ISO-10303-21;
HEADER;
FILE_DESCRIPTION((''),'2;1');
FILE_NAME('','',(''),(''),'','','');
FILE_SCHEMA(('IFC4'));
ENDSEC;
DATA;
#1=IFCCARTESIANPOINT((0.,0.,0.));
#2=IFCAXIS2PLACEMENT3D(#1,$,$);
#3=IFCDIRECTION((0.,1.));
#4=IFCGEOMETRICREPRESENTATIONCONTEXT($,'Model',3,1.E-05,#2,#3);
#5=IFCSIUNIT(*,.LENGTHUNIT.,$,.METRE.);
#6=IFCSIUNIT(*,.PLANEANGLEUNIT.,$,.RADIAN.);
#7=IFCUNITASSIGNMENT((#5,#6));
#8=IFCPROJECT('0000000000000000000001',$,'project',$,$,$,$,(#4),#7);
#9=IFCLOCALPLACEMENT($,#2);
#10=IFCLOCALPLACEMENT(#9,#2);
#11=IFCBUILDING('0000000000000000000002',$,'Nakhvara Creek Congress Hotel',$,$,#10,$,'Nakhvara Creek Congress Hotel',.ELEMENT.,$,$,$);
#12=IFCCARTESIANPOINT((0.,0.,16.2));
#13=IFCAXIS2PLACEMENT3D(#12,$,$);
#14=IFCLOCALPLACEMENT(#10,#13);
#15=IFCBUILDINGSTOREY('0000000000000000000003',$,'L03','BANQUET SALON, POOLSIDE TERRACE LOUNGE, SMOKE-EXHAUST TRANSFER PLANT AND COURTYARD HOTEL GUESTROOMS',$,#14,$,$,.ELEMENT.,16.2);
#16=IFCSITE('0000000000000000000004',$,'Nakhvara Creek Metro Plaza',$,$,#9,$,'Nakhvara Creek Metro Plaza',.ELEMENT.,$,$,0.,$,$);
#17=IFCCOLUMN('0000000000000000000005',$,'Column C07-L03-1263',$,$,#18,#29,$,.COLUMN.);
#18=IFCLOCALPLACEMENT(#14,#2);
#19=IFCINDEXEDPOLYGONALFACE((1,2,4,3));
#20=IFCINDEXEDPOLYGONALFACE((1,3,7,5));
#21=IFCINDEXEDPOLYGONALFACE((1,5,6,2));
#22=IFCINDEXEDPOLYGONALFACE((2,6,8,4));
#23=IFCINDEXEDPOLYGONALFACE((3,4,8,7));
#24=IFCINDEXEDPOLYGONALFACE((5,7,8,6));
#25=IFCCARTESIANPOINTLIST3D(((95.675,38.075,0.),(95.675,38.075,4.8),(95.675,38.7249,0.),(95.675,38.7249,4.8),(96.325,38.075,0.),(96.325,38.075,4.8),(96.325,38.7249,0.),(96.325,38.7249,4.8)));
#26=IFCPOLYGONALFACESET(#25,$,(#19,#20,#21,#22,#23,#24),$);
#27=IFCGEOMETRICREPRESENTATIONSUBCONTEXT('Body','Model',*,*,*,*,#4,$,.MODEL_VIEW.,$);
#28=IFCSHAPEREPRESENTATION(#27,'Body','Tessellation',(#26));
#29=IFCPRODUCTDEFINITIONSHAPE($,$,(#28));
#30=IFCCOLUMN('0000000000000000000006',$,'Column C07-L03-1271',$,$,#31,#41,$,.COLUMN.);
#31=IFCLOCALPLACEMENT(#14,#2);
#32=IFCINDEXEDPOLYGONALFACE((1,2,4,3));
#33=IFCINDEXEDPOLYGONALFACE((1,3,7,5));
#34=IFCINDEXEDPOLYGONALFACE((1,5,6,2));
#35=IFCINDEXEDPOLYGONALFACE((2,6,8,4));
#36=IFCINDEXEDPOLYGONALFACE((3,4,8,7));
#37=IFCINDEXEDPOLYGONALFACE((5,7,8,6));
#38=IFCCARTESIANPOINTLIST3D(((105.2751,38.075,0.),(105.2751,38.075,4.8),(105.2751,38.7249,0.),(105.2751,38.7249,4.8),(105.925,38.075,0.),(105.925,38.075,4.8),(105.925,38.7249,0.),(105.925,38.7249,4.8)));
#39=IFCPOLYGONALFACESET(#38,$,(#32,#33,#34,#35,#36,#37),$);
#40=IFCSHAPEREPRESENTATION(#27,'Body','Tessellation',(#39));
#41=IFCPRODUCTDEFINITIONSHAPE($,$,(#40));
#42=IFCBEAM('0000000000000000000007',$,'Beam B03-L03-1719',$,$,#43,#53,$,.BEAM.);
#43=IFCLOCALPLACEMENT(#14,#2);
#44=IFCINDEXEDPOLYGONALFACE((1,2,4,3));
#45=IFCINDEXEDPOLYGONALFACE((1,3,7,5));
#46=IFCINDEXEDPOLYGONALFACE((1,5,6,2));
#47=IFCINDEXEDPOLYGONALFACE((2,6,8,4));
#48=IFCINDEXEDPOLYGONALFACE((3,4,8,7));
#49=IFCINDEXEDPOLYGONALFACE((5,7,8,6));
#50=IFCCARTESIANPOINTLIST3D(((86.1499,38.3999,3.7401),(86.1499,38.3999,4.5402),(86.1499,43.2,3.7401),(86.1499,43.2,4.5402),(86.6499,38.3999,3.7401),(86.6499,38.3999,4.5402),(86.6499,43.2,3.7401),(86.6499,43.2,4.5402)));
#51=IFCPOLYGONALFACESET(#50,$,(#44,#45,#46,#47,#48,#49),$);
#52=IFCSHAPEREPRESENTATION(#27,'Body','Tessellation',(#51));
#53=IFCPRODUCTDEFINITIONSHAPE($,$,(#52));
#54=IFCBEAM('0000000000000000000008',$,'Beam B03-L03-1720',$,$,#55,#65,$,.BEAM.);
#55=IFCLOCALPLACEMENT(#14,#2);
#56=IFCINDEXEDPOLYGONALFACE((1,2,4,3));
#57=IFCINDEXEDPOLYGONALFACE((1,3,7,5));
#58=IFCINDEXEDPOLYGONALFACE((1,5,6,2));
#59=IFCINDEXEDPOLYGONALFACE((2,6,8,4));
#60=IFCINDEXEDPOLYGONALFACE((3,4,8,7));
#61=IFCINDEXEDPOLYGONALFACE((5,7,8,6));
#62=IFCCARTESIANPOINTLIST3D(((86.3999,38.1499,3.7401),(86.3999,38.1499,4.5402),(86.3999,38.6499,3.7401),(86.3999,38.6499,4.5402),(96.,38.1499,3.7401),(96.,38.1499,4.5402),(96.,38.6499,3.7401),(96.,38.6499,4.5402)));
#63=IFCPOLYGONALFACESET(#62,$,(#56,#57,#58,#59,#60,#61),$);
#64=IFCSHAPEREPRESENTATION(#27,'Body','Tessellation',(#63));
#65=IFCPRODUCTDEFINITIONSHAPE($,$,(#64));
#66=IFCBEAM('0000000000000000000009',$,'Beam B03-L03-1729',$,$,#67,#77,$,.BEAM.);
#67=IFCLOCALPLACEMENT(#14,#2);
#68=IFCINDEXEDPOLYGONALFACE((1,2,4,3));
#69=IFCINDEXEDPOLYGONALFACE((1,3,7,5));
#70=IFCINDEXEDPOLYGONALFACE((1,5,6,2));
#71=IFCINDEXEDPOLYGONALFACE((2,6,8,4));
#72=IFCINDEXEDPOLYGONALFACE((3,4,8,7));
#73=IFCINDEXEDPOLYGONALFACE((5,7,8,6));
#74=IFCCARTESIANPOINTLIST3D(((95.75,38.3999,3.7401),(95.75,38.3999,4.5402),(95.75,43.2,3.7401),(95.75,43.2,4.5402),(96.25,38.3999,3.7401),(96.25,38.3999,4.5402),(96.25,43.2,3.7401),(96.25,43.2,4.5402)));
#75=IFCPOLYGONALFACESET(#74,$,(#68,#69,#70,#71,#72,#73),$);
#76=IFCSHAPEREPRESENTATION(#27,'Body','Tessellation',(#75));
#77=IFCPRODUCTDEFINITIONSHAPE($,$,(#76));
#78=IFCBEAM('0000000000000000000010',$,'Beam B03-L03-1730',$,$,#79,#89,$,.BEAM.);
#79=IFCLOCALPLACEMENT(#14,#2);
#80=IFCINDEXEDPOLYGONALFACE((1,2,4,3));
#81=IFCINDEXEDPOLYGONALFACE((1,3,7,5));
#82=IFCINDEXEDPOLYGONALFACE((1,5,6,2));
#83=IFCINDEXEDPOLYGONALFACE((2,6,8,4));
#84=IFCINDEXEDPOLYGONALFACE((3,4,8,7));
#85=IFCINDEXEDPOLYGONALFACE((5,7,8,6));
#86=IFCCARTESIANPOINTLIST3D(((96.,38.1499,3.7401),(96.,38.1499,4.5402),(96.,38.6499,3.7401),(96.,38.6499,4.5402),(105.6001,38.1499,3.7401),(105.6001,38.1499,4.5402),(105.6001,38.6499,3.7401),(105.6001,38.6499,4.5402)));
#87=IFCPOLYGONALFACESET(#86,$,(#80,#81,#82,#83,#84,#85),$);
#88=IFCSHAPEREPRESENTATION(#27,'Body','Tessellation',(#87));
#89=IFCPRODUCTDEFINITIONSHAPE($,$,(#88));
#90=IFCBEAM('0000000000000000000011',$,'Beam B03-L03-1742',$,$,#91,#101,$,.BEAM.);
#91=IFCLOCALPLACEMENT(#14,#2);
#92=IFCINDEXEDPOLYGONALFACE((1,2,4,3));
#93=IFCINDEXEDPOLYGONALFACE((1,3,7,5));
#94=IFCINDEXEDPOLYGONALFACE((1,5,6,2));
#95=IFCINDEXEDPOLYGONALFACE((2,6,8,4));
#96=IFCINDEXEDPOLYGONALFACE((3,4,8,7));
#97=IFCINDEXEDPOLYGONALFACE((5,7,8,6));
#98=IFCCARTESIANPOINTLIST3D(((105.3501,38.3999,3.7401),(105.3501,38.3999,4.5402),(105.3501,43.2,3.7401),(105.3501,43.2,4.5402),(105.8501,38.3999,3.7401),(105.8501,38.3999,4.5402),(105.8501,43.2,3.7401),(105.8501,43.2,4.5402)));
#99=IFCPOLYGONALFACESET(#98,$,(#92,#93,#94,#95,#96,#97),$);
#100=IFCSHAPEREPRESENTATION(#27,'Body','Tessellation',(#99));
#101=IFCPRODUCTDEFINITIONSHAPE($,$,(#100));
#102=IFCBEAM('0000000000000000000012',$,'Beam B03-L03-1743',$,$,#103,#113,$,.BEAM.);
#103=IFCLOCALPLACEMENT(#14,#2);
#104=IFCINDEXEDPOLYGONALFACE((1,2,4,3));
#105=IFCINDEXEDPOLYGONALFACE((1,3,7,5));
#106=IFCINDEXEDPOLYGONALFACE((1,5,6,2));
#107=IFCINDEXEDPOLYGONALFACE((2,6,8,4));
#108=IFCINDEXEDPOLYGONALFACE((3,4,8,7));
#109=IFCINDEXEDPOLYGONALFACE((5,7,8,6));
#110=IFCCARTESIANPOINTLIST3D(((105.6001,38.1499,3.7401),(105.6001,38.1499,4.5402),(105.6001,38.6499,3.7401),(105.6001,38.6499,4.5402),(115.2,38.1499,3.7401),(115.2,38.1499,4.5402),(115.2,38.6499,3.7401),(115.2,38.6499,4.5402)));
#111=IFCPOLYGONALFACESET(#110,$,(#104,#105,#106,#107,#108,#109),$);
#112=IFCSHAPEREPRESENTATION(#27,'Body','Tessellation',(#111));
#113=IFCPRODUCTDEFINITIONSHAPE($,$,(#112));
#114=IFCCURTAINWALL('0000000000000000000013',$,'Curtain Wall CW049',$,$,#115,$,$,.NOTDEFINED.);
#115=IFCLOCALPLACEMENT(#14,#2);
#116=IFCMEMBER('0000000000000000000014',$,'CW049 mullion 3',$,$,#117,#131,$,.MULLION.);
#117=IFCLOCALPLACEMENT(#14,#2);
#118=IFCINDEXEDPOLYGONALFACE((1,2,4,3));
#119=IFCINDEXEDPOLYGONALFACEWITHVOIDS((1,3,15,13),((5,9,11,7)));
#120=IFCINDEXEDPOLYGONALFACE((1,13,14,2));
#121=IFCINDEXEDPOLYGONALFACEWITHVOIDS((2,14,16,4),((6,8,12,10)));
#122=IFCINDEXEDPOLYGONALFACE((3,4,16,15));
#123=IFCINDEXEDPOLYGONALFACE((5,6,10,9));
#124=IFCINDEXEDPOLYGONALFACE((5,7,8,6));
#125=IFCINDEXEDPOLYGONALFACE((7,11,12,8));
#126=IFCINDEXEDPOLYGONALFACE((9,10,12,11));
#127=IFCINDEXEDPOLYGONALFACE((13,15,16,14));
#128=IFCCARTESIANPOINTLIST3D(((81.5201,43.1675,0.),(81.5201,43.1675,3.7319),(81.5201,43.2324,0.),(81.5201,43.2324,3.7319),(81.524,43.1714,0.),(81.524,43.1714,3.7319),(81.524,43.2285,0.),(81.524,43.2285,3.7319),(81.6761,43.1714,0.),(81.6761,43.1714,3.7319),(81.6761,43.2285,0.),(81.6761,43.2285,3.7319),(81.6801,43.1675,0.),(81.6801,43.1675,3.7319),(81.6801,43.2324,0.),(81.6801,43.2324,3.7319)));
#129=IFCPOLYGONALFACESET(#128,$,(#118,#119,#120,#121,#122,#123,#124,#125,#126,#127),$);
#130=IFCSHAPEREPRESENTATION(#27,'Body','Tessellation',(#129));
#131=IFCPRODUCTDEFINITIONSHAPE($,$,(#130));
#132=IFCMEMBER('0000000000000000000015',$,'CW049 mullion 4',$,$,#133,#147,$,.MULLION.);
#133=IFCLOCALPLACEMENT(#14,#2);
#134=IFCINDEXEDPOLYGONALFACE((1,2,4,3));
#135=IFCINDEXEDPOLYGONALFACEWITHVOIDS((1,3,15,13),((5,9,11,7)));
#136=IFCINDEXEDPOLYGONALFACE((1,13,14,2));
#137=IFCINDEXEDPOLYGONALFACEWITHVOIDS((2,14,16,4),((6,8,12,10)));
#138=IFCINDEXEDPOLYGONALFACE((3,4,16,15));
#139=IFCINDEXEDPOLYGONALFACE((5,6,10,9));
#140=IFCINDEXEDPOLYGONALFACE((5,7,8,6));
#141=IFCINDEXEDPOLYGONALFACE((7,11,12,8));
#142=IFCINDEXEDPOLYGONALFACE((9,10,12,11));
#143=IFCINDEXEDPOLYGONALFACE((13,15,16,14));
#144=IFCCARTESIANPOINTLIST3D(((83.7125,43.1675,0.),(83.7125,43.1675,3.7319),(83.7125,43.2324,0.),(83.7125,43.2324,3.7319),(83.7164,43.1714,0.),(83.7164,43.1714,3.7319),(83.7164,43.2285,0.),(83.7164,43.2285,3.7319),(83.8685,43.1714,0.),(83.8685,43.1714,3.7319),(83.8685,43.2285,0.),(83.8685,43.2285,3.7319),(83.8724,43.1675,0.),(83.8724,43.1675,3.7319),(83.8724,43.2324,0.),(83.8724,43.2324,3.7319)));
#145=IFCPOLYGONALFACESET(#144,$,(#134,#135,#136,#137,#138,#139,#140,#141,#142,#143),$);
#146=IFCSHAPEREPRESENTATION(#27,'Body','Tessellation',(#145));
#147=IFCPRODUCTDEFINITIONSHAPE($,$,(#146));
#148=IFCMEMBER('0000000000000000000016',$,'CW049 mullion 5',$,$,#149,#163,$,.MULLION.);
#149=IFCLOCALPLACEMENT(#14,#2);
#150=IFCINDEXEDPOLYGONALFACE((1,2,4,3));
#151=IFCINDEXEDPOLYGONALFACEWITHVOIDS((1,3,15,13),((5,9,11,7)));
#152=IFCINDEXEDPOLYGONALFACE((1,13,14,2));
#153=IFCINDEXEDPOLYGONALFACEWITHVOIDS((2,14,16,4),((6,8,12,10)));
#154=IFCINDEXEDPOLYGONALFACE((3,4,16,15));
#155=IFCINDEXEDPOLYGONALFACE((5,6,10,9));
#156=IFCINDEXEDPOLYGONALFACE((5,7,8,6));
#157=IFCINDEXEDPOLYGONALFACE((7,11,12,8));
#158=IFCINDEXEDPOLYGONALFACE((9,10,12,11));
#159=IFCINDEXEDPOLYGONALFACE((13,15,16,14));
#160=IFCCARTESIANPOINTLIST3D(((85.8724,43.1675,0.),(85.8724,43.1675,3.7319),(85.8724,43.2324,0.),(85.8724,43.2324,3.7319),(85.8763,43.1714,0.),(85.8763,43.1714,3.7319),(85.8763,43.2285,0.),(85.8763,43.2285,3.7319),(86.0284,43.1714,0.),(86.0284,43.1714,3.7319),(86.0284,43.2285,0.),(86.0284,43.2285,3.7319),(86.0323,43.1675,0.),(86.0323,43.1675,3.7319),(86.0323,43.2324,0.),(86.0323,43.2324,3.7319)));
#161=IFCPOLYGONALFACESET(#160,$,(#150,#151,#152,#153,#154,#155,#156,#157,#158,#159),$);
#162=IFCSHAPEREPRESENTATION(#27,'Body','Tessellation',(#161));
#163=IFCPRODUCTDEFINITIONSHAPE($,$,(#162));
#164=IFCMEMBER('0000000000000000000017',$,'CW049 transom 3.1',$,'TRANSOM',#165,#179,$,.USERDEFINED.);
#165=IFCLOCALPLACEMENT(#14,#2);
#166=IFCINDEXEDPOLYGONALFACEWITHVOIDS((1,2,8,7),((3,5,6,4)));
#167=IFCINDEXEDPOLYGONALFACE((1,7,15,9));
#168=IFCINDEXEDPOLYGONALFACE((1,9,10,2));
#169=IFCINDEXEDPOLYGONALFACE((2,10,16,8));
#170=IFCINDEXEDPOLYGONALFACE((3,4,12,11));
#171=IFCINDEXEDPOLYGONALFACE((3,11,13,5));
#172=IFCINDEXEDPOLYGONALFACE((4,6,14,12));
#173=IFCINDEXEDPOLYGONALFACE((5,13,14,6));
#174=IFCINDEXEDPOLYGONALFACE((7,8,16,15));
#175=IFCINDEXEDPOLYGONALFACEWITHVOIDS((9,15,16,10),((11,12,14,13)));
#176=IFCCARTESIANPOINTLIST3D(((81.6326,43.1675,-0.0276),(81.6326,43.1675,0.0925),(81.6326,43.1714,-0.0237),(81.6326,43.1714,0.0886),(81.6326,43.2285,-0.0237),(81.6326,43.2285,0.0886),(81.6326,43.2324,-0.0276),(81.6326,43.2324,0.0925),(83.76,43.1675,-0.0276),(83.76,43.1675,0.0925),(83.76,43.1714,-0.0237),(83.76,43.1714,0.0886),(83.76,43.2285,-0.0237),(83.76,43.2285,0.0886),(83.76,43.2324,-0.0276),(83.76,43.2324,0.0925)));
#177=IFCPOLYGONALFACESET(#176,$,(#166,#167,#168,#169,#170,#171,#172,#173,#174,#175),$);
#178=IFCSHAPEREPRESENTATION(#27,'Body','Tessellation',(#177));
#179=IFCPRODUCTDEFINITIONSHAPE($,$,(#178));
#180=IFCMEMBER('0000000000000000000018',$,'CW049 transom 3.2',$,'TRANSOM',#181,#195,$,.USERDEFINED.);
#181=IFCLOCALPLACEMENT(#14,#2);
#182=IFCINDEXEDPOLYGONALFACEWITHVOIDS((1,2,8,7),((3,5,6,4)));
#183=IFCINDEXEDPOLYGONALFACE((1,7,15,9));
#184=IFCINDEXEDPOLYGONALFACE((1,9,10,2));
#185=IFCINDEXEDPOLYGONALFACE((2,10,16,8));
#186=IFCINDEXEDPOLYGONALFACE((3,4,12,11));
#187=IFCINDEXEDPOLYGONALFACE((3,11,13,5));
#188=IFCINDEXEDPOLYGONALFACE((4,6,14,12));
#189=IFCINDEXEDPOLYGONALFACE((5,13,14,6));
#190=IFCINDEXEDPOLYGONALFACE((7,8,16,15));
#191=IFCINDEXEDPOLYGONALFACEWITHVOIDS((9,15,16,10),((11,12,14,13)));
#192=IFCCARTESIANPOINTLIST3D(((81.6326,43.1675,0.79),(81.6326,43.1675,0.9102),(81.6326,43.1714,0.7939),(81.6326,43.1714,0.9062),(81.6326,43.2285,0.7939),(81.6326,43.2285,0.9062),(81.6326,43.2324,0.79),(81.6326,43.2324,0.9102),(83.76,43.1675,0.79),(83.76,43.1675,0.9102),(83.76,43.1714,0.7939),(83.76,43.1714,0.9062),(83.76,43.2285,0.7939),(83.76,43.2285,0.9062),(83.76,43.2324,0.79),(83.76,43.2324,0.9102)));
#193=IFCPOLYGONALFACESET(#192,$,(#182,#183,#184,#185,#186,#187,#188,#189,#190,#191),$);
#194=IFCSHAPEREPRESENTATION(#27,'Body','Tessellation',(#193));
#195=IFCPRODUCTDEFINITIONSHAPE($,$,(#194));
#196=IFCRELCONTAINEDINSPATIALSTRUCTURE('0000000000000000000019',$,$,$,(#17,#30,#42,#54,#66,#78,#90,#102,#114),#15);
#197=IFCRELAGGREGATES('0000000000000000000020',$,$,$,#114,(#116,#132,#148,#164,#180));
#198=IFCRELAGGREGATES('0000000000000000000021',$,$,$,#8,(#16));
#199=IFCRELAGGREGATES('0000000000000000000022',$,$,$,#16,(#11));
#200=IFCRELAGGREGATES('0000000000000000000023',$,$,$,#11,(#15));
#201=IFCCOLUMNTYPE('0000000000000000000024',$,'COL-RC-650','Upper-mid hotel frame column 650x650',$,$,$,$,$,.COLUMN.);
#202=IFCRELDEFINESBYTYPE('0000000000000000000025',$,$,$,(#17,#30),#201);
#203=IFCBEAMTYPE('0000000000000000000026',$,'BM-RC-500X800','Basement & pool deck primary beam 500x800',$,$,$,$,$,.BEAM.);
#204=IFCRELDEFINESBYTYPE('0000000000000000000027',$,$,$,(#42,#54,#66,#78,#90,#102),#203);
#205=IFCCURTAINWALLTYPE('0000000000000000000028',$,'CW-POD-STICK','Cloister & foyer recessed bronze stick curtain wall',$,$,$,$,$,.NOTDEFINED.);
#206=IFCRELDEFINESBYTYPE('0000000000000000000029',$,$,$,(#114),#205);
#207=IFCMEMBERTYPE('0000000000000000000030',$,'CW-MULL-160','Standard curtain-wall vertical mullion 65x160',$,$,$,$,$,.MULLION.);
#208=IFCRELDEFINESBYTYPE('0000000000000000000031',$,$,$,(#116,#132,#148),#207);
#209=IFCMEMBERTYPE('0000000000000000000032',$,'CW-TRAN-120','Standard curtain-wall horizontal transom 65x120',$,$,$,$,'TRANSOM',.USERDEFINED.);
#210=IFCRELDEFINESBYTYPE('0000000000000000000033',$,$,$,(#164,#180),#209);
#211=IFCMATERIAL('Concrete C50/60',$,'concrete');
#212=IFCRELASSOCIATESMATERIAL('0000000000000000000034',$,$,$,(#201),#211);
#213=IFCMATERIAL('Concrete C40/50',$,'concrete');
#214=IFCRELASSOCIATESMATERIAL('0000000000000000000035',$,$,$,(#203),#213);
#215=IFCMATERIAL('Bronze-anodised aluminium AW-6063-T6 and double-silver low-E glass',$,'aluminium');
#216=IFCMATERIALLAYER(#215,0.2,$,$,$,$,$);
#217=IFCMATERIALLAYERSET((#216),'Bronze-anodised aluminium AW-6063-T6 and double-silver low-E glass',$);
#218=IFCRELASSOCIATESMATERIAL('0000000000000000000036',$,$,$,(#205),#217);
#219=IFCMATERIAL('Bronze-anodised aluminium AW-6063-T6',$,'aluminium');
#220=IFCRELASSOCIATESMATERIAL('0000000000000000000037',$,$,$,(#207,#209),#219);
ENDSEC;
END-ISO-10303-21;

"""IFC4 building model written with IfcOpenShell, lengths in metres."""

from ifc_helpers import new_model, si_unit, direction, frame, origin, origin_2d, place, context, subcontext, project, spatial, rectangle, hollow_rectangle, extrude, material, layer, layer_set, material_profile, profile_set, type_object, element, aggregate, save


model = new_model("IFC4")

# Units and contexts
model_context = context("Model", 3, precision=1e-05, world=origin(), true_north=direction((0.0, 1.0)))
body_context = subcontext(model_context, "Body", "Model", "MODEL_VIEW")
ifc_project = project(units=[si_unit("LENGTHUNIT", "METRE"), si_unit("PLANEANGLEUNIT", "RADIAN")], contexts=[model_context])

# Site, building, storey
site_placement = place(None, origin())
site = spatial("IfcSite", under=ifc_project, at=site_placement, Name="Nakhvara Creek Metro Plaza", LongName="Nakhvara Creek Metro Plaza", CompositionType="ELEMENT", RefElevation=0.0)
building_placement = place(site_placement, origin())
building = spatial("IfcBuilding", under=site, at=building_placement, Name="Nakhvara Creek Congress Hotel", LongName="Nakhvara Creek Congress Hotel", CompositionType="ELEMENT")
storey_placement = place(building_placement, frame((0.0, 0.0, 16.2)))
storey = spatial("IfcBuildingStorey", under=building, at=storey_placement, Name="L03", Description="BANQUET SALON, POOLSIDE TERRACE LOUNGE, SMOKE-EXHAUST TRANSFER PLANT AND COURTYARD HOTEL GUESTROOMS", CompositionType="ELEMENT", Elevation=16.2)

# Columns
ifc_material_1 = material(Name="Concrete C50/60", Category="concrete")
ifc_material_profile_1 = material_profile(ifc_material_1, rectangle(XDim=0.6499, YDim=0.6499, at=origin_2d()), Name="RC-COL 650x650", Category="LoadBearing")
ifc_profile_set_1 = profile_set([ifc_material_profile_1], Name="Concrete C50/60")
column_type = type_object("IfcColumnType", Name="COL-RC-650", Description="Upper-mid hotel frame column 650x650", PredefinedType="COLUMN", material=ifc_profile_set_1)
for number, where, z_axis, x_axis, name in (
    (1, (96.0, 38.3999, 0.0), (0.0, 0.0, 1.0), (1.0, 0.0, 0.0), "Column C07-L03-1263"),
    (2, (105.6001, 38.3999, 0.0), (0.0, 0.0, 1.0), (1.0, 0.0, 0.0), "Column C07-L03-1271"),
):
    element("IfcColumn", number, at=place(storey_placement, frame(where, z_axis=z_axis, x_axis=x_axis)), inside=storey, type_object=column_type, Name=name, PredefinedType="COLUMN", context=body_context, shape_type="SweptSolid", body=[
        extrude(rectangle(XDim=0.6499, YDim=0.6499, at=origin_2d()), origin(), (0.0, 0.0, 1.0), 4.8),
    ])

# Beams
ifc_material_2 = material(Name="Concrete C40/50", Category="concrete")
ifc_material_profile_2 = material_profile(ifc_material_2, rectangle(XDim=0.5, YDim=0.8, at=origin_2d()), Name="RC-BM 500x800", Category="LoadBearing")
ifc_profile_set_2 = profile_set([ifc_material_profile_2], Name="Concrete C40/50")
beam_type = type_object("IfcBeamType", Name="BM-RC-500X800", Description="Basement & pool deck primary beam 500x800", PredefinedType="BEAM", material=ifc_profile_set_2)
beam_1_placement = place(storey_placement, frame((86.3999, 38.3999, 4.1401), z_axis=(0.0, 1.0, 0.0), x_axis=(-1.0, 0.0, 0.0)))
element("IfcBeam", 3, at=beam_1_placement, inside=storey, type_object=beam_type, Name="Beam B03-L03-1719", PredefinedType="BEAM", context=body_context, shape_type="SweptSolid", body=[
    extrude(rectangle(XDim=0.5, YDim=0.8, at=origin_2d()), origin(), (0.0, 0.0, 1.0), 4.8),
])
beam_2_placement = place(storey_placement, frame((86.3999, 38.3999, 4.1401), z_axis=(1.0, 0.0, 0.0), x_axis=(0.0, 1.0, 0.0)))
element("IfcBeam", 4, at=beam_2_placement, inside=storey, type_object=beam_type, Name="Beam B03-L03-1720", PredefinedType="BEAM", context=body_context, shape_type="SweptSolid", body=[
    extrude(rectangle(XDim=0.5, YDim=0.8, at=origin_2d()), origin(), (0.0, 0.0, 1.0), 9.6001),
])
beam_3_placement = place(storey_placement, frame((96.0, 38.3999, 4.1401), z_axis=(0.0, 1.0, 0.0), x_axis=(-1.0, 0.0, 0.0)))
element("IfcBeam", 5, at=beam_3_placement, inside=storey, type_object=beam_type, Name="Beam B03-L03-1729", PredefinedType="BEAM", context=body_context, shape_type="SweptSolid", body=[
    extrude(rectangle(XDim=0.5, YDim=0.8, at=origin_2d()), origin(), (0.0, 0.0, 1.0), 4.8),
])
beam_4_placement = place(storey_placement, frame((96.0, 38.3999, 4.1401), z_axis=(1.0, 0.0, 0.0), x_axis=(0.0, 1.0, 0.0)))
element("IfcBeam", 6, at=beam_4_placement, inside=storey, type_object=beam_type, Name="Beam B03-L03-1730", PredefinedType="BEAM", context=body_context, shape_type="SweptSolid", body=[
    extrude(rectangle(XDim=0.5, YDim=0.8, at=origin_2d()), origin(), (0.0, 0.0, 1.0), 9.6001),
])
beam_5_placement = place(storey_placement, frame((105.6001, 38.3999, 4.1401), z_axis=(0.0, 1.0, 0.0), x_axis=(-1.0, 0.0, 0.0)))
element("IfcBeam", 7, at=beam_5_placement, inside=storey, type_object=beam_type, Name="Beam B03-L03-1742", PredefinedType="BEAM", context=body_context, shape_type="SweptSolid", body=[
    extrude(rectangle(XDim=0.5, YDim=0.8, at=origin_2d()), origin(), (0.0, 0.0, 1.0), 4.8),
])
beam_6_placement = place(storey_placement, frame((105.6001, 38.3999, 4.1401), z_axis=(1.0, 0.0, 0.0), x_axis=(0.0, 1.0, 0.0)))
element("IfcBeam", 8, at=beam_6_placement, inside=storey, type_object=beam_type, Name="Beam B03-L03-1743", PredefinedType="BEAM", context=body_context, shape_type="SweptSolid", body=[
    extrude(rectangle(XDim=0.5, YDim=0.8, at=origin_2d()), origin(), (0.0, 0.0, 1.0), 9.5999),
])

# Curtain wall, members
ifc_material_3 = material(Name="Bronze-anodised aluminium AW-6063-T6 and double-silver low-E glass", Category="aluminium")
ifc_layer = layer(ifc_material_3, 0.2)
ifc_layer_set = layer_set([ifc_layer], Name="Bronze-anodised aluminium AW-6063-T6 and double-silver low-E glass")
curtain_wall_type = type_object("IfcCurtainWallType", Name="CW-POD-STICK", Description="Cloister & foyer recessed bronze stick curtain wall", PredefinedType="NOTDEFINED", material=ifc_layer_set)
curtain_wall_placement = place(storey_placement, origin())
curtain_wall = element("IfcCurtainWall", 9, at=curtain_wall_placement, inside=storey, type_object=curtain_wall_type, Name="Curtain Wall CW049", PredefinedType="NOTDEFINED")
ifc_material_4 = material(Name="Bronze-anodised aluminium AW-6063-T6", Category="aluminium")
ifc_material_profile_3 = material_profile(ifc_material_4, hollow_rectangle(XDim=0.0649, YDim=0.1599, WallThickness=0.0039, at=origin_2d()), Name="ALU-MULL 65x160x4", Category="LoadBearing")
ifc_profile_set_3 = profile_set([ifc_material_profile_3], Name="Bronze-anodised aluminium AW-6063-T6")
member_type_1 = type_object("IfcMemberType", Name="CW-MULL-160", Description="Standard curtain-wall vertical mullion 65x160", PredefinedType="MULLION", material=ifc_profile_set_3)
member_1_placement = place(storey_placement, frame((81.6001, 43.2, 0.0), z_axis=(0.0, 0.0, 1.0), x_axis=(0.0, 1.0, 0.0)))
member_1 = element("IfcMember", 10, at=member_1_placement, type_object=member_type_1, Name="CW049 mullion 3", PredefinedType="MULLION", context=body_context, shape_type="SweptSolid", body=[
    extrude(hollow_rectangle(XDim=0.0649, YDim=0.1599, WallThickness=0.0039, at=origin_2d()), origin(), (0.0, 0.0, 1.0), 3.7319),
])
member_2_placement = place(storey_placement, frame((83.7925, 43.2, 0.0), z_axis=(0.0, 0.0, 1.0), x_axis=(0.0, 1.0, 0.0)))
member_2 = element("IfcMember", 11, at=member_2_placement, type_object=member_type_1, Name="CW049 mullion 4", PredefinedType="MULLION", context=body_context, shape_type="SweptSolid", body=[
    extrude(hollow_rectangle(XDim=0.0649, YDim=0.1599, WallThickness=0.0039, at=origin_2d()), origin(), (0.0, 0.0, 1.0), 3.7319),
])
member_3_placement = place(storey_placement, frame((85.9524, 43.2, 0.0), z_axis=(0.0, 0.0, 1.0), x_axis=(0.0, 1.0, 0.0)))
member_3 = element("IfcMember", 12, at=member_3_placement, type_object=member_type_1, Name="CW049 mullion 5", PredefinedType="MULLION", context=body_context, shape_type="SweptSolid", body=[
    extrude(hollow_rectangle(XDim=0.0649, YDim=0.1599, WallThickness=0.0039, at=origin_2d()), origin(), (0.0, 0.0, 1.0), 3.7319),
])
ifc_material_profile_4 = material_profile(ifc_material_4, hollow_rectangle(XDim=0.0649, YDim=0.1201, WallThickness=0.0039, at=origin_2d()), Name="ALU-TRAN 65x120x4", Category="LoadBearing")
ifc_profile_set_4 = profile_set([ifc_material_profile_4], Name="Bronze-anodised aluminium AW-6063-T6")
member_type_2 = type_object("IfcMemberType", Name="CW-TRAN-120", Description="Standard curtain-wall horizontal transom 65x120", ElementType="TRANSOM", PredefinedType="USERDEFINED", material=ifc_profile_set_4)
member_4_placement = place(storey_placement, frame((81.6326, 43.2, 0.0325), z_axis=(1.0, 0.0, 0.0), x_axis=(0.0, 1.0, 0.0)))
member_4 = element("IfcMember", 13, at=member_4_placement, type_object=member_type_2, Name="CW049 transom 3.1", ObjectType="TRANSOM", PredefinedType="USERDEFINED", context=body_context, shape_type="SweptSolid", body=[
    extrude(hollow_rectangle(XDim=0.0649, YDim=0.1201, WallThickness=0.0039, at=origin_2d()), origin(), (0.0, 0.0, 1.0), 2.1274),
])
member_5_placement = place(storey_placement, frame((81.6326, 43.2, 0.8501), z_axis=(1.0, 0.0, 0.0), x_axis=(0.0, 1.0, 0.0)))
member_5 = element("IfcMember", 14, at=member_5_placement, type_object=member_type_2, Name="CW049 transom 3.2", ObjectType="TRANSOM", PredefinedType="USERDEFINED", context=body_context, shape_type="SweptSolid", body=[
    extrude(hollow_rectangle(XDim=0.0649, YDim=0.1201, WallThickness=0.0039, at=origin_2d()), origin(), (0.0, 0.0, 1.0), 2.1274),
])
aggregate(curtain_wall, [member_1, member_2, member_3, member_4, member_5])

save(model, "model.ifc")
